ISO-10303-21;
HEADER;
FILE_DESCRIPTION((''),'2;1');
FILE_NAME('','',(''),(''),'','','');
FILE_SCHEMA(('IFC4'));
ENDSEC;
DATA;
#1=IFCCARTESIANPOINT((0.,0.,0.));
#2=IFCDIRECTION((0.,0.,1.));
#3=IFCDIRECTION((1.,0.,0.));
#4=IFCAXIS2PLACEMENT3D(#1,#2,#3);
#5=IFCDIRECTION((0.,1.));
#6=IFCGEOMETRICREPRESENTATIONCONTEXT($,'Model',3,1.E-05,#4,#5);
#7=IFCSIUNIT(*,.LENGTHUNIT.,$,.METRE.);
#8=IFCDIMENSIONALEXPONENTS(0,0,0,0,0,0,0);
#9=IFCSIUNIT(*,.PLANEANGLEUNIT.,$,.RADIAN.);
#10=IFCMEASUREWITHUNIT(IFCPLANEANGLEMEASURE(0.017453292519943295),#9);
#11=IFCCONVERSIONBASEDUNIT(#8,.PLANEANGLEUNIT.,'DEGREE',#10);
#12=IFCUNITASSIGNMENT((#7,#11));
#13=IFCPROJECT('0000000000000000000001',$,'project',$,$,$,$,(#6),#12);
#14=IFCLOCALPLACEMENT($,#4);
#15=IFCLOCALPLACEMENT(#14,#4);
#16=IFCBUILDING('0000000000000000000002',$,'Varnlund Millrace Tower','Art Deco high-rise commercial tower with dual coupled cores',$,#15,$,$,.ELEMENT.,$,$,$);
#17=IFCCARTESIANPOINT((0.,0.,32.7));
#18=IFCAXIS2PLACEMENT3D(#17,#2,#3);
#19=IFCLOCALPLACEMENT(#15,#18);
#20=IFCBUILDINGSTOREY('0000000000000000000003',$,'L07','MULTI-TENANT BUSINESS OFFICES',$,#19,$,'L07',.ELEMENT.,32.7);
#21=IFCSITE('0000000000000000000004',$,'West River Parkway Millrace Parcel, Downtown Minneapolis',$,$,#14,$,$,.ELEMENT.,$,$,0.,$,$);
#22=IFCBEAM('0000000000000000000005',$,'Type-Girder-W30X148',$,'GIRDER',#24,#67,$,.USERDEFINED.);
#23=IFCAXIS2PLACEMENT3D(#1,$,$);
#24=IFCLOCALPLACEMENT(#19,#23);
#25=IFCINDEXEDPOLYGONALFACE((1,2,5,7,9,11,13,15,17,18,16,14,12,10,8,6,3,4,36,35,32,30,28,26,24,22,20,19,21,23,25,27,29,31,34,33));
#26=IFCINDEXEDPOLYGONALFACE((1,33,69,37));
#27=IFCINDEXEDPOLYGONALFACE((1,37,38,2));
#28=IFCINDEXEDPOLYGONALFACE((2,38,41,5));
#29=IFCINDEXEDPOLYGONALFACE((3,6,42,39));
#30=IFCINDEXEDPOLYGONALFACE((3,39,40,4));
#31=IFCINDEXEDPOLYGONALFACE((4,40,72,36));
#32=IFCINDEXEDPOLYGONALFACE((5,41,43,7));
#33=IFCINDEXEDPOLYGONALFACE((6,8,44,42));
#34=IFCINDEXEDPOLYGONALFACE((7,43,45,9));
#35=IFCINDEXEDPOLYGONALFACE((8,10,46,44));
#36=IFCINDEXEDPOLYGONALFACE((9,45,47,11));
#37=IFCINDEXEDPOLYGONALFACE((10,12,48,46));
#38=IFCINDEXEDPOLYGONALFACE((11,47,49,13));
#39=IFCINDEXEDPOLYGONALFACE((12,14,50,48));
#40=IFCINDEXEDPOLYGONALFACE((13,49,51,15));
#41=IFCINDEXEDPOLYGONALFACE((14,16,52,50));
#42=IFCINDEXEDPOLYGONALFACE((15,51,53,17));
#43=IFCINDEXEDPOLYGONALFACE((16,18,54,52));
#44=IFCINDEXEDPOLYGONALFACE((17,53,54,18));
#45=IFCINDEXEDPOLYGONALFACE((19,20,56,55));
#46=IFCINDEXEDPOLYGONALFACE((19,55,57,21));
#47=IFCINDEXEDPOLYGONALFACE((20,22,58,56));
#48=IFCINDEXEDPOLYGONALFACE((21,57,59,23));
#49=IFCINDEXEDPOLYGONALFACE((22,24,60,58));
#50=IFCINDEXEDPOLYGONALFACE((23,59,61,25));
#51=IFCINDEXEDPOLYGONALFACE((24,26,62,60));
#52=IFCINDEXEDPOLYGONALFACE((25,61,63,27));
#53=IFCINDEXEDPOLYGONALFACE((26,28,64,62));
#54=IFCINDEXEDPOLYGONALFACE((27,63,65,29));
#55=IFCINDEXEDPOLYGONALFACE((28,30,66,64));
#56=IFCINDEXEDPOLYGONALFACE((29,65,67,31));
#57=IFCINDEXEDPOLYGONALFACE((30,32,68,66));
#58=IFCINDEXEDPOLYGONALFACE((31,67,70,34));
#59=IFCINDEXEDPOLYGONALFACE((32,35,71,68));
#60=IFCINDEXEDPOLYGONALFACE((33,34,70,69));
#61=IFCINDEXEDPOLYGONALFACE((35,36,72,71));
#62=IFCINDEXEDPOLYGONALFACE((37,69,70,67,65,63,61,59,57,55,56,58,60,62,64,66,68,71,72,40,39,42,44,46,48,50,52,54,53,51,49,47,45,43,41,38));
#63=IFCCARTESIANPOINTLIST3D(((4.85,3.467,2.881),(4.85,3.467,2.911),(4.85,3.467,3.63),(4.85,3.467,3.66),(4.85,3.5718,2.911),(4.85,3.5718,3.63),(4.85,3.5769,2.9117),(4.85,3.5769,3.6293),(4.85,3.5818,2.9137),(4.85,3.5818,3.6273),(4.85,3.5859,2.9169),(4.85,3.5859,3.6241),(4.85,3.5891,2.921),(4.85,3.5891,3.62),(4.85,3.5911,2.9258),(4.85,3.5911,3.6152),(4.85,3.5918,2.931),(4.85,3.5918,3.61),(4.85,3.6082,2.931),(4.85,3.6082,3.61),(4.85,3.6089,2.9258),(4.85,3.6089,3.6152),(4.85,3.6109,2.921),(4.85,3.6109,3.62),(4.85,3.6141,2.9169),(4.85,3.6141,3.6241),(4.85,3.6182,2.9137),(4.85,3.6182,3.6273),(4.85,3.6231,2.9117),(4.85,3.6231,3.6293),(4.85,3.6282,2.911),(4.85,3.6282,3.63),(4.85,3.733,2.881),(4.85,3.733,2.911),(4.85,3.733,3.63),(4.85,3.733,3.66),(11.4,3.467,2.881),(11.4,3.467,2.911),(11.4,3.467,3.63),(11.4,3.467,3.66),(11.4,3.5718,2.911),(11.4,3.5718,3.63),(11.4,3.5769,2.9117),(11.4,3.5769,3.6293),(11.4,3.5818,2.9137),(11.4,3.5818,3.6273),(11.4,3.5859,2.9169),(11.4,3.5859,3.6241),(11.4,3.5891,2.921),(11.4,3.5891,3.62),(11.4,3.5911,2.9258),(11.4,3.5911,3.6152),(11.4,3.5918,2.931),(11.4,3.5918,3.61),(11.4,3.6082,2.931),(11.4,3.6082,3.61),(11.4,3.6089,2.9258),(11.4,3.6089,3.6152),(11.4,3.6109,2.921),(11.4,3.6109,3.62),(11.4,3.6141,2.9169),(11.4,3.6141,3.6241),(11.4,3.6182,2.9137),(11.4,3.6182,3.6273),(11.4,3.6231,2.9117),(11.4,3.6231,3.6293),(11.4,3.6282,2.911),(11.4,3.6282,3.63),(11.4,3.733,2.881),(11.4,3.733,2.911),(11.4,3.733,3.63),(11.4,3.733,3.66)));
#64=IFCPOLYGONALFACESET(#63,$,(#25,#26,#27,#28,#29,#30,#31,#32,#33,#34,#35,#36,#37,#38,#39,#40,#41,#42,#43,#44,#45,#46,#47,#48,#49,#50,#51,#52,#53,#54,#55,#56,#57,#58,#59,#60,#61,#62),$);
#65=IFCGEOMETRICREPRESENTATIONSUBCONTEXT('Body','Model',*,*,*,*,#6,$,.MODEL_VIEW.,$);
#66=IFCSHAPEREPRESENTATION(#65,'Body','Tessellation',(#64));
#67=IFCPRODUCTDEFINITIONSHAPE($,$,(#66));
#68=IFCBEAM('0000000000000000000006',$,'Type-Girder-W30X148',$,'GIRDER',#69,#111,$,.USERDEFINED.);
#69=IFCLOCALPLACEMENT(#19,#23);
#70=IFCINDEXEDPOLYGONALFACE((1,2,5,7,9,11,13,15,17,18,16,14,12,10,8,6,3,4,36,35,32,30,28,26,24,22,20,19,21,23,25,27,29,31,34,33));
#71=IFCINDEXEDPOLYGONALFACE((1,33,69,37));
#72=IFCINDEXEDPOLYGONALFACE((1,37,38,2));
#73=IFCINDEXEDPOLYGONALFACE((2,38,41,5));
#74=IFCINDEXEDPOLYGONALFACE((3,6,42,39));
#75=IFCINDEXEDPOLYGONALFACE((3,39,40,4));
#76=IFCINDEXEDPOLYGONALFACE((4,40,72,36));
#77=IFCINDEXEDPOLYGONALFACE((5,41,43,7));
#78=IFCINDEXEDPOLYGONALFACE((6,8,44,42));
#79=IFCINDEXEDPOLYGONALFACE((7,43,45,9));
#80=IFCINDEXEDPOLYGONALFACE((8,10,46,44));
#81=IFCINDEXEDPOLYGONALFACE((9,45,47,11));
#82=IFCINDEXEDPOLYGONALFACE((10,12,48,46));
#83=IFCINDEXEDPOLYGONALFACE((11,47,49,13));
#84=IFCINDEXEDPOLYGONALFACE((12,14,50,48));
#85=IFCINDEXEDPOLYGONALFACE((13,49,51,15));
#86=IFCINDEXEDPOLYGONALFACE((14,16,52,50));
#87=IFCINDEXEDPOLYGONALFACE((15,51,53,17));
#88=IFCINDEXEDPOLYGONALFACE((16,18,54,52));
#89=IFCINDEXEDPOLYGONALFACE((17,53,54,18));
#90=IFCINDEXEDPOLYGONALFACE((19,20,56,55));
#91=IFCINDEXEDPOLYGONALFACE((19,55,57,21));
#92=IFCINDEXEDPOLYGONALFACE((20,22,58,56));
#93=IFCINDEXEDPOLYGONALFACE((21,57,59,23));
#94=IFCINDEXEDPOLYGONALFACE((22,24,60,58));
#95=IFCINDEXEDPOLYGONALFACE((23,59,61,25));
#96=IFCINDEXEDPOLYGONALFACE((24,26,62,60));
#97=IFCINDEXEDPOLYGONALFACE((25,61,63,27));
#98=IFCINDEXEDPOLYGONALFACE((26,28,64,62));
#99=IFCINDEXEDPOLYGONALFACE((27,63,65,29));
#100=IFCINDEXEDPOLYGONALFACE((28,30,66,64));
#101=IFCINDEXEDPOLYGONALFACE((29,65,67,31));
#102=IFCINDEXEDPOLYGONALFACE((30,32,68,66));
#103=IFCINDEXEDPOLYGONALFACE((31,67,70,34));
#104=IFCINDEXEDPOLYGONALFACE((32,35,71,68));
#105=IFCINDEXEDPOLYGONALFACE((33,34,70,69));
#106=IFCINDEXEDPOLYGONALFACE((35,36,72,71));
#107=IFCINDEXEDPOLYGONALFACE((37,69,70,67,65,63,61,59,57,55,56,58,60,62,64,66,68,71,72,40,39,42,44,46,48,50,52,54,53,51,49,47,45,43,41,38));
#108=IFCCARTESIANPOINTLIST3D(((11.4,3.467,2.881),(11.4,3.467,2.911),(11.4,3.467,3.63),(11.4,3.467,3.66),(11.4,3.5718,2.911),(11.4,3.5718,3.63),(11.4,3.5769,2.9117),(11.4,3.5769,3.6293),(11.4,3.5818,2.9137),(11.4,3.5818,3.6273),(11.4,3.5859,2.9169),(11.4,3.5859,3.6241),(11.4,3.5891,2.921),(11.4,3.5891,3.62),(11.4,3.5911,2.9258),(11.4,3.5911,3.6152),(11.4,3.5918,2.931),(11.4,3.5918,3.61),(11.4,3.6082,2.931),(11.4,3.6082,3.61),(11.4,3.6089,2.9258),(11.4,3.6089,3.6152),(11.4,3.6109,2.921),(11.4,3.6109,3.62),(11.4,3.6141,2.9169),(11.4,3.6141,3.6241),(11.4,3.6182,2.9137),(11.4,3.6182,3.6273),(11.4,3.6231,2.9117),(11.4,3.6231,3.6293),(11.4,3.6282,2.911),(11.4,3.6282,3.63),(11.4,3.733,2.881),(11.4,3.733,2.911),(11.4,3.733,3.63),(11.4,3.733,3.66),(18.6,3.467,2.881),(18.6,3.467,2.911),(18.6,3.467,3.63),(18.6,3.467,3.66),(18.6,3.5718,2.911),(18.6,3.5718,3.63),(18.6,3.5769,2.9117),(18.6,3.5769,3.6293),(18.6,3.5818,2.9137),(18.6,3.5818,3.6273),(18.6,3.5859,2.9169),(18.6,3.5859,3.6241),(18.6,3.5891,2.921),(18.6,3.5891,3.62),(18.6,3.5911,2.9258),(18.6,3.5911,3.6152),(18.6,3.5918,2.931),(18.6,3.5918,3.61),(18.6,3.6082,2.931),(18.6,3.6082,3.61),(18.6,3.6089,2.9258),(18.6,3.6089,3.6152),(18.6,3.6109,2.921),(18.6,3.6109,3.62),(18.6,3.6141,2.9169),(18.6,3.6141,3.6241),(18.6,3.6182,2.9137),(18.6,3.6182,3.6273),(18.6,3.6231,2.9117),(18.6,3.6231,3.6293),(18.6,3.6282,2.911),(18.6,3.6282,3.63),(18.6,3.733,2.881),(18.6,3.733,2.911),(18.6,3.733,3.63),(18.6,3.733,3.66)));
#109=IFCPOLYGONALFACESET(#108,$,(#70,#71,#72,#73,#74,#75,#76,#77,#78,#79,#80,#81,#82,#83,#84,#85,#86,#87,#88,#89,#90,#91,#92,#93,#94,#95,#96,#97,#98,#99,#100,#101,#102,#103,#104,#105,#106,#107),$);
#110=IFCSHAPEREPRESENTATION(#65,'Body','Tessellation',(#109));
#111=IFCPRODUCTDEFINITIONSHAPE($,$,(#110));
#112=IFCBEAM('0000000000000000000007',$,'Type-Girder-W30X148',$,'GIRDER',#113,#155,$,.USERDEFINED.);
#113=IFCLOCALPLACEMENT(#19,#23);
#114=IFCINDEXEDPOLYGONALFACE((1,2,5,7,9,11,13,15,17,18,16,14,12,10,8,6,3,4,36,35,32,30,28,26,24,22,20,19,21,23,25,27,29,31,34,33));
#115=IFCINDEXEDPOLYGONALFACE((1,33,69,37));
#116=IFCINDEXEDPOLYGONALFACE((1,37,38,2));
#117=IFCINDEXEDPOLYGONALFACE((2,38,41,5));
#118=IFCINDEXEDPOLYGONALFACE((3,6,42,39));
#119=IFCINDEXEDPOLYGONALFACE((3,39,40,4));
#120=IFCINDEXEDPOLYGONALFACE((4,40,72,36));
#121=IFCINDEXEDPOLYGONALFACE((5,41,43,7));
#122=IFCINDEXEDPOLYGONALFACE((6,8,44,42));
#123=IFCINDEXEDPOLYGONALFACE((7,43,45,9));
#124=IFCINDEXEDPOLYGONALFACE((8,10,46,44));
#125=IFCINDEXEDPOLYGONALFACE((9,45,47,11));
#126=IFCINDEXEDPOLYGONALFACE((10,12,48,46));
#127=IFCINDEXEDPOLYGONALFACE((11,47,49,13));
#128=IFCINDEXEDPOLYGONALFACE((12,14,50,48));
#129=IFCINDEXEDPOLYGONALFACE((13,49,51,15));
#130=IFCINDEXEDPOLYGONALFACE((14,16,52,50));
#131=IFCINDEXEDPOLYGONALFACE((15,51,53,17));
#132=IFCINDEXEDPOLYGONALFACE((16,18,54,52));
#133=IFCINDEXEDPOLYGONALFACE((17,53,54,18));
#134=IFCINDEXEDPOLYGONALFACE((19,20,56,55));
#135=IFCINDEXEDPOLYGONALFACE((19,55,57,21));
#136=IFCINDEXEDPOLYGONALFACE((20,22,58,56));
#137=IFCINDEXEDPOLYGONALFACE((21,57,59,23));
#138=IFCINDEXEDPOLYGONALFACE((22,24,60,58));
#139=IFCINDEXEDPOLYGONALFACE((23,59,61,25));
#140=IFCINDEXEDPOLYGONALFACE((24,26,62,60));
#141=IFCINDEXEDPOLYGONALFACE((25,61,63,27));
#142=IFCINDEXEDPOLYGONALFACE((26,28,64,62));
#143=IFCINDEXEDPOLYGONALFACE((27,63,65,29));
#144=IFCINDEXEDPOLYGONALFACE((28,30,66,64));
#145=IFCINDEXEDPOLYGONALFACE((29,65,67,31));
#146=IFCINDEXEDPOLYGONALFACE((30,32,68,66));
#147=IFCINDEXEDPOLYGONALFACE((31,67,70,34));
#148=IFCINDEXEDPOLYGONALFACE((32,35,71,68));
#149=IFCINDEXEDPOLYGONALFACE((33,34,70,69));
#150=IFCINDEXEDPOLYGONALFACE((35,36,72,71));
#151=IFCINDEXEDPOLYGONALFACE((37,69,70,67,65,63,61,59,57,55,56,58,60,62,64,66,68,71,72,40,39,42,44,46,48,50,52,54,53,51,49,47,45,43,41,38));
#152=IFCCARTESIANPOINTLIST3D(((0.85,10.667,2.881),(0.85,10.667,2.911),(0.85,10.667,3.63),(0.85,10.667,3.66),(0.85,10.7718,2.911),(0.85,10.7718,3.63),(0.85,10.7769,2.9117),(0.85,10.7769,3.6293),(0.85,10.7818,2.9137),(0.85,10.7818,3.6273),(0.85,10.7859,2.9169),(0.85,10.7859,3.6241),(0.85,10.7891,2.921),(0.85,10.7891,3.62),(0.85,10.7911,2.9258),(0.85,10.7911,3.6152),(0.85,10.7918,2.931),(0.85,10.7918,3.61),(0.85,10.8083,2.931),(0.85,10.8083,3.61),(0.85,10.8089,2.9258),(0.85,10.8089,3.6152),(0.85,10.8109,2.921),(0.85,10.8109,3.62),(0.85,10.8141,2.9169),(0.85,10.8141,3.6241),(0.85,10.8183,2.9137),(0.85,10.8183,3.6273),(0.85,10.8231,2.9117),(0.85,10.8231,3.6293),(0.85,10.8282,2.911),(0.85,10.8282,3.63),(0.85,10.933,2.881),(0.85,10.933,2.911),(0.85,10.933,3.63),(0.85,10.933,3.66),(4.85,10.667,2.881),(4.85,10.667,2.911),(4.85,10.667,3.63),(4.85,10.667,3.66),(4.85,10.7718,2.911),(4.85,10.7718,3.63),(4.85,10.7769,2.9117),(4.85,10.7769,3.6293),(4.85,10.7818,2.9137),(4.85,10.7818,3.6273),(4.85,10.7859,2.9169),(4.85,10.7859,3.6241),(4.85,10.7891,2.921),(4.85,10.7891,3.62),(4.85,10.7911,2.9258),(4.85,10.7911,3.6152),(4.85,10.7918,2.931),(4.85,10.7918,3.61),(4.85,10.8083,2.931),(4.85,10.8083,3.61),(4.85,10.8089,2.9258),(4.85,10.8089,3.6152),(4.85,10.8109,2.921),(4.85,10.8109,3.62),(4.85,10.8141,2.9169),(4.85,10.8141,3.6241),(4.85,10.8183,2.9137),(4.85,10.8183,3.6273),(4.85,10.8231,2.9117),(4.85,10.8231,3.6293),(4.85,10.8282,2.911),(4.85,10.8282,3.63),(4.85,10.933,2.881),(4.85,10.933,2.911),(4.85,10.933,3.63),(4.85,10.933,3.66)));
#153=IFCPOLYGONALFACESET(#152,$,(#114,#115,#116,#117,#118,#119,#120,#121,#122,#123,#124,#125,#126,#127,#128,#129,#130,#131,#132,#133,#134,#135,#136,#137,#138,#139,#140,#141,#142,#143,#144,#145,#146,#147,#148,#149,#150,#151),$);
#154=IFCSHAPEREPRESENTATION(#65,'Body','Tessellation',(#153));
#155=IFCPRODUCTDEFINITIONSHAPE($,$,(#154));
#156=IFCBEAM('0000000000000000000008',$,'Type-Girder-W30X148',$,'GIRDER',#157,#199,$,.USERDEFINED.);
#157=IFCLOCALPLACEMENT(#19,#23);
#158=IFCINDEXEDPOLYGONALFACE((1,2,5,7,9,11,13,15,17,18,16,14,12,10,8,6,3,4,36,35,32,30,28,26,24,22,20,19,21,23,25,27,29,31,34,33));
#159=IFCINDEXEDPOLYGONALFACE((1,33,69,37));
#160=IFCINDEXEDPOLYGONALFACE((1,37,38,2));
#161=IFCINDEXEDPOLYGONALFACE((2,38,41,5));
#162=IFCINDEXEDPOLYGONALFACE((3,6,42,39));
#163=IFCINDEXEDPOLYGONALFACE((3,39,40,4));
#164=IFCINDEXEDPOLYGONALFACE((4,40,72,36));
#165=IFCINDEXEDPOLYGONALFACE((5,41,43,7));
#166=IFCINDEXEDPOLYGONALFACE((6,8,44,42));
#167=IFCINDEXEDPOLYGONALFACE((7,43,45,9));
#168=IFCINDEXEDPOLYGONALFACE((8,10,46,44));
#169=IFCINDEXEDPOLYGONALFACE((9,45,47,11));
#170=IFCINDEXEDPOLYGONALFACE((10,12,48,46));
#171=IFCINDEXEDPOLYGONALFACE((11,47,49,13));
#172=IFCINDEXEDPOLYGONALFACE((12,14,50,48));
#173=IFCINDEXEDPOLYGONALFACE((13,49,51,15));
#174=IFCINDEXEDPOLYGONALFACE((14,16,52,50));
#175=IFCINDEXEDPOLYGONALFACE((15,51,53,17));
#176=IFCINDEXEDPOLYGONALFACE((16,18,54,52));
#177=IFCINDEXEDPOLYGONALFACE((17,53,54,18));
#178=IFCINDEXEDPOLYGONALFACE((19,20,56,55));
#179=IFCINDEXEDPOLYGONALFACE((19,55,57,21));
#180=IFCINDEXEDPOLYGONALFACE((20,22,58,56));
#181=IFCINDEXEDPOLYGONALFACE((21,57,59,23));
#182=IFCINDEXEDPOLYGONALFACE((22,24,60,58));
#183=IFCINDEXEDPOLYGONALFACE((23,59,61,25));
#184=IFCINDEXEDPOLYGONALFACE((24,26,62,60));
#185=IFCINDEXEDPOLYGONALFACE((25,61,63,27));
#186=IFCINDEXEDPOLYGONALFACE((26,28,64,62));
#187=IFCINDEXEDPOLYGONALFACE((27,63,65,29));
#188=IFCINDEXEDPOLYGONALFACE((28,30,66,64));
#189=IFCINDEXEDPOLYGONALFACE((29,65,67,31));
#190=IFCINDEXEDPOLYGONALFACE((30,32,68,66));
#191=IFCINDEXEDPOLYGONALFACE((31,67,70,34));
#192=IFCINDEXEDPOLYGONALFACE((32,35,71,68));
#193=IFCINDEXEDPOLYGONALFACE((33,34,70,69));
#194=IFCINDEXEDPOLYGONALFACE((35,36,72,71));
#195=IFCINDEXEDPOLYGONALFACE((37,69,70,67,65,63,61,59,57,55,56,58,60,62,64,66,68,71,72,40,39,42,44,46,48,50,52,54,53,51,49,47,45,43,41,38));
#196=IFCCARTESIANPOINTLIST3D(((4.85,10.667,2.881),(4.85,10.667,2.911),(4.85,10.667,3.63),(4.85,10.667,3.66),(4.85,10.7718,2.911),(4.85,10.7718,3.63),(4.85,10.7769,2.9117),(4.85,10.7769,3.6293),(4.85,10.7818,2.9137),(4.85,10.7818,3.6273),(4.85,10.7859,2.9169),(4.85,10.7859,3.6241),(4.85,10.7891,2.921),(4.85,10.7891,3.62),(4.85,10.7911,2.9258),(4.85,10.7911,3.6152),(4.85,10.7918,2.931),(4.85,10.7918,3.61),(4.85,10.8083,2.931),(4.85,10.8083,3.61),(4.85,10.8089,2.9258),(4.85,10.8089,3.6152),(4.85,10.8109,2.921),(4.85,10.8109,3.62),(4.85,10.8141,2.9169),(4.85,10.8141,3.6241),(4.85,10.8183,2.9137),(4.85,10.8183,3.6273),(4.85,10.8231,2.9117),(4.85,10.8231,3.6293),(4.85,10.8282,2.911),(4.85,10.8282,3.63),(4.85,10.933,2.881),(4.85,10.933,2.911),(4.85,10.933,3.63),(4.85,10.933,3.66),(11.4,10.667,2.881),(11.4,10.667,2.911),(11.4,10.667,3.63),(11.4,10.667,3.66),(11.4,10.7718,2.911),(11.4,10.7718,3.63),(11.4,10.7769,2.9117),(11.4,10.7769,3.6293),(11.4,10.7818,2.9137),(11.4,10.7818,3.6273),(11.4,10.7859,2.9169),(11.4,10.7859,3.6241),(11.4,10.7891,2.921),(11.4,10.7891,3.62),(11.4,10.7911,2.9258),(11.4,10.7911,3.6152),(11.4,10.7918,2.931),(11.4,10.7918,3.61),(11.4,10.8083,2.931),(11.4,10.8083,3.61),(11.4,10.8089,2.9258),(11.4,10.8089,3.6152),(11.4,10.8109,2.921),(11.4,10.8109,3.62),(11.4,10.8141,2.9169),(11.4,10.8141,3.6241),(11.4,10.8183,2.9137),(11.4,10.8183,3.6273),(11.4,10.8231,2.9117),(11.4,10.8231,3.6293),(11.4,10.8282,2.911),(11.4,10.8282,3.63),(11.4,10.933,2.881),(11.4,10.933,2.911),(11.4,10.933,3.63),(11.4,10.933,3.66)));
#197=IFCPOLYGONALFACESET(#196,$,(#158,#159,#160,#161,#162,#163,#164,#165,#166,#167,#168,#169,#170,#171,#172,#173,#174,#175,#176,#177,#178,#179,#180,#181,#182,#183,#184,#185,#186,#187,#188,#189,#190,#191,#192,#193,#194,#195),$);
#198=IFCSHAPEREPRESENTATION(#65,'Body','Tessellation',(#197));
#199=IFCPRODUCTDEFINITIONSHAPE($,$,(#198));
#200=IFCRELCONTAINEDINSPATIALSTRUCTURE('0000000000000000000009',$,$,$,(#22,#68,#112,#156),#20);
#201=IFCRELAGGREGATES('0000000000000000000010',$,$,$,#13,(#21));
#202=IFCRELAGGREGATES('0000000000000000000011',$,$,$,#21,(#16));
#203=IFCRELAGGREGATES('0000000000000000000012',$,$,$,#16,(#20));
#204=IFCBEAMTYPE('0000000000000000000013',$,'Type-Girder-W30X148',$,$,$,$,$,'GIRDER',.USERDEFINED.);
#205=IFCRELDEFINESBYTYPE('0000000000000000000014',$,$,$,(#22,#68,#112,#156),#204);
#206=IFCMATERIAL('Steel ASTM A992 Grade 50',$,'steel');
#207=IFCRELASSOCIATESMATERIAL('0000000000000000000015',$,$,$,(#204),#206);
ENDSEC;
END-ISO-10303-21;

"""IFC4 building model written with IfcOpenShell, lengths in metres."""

from ifc_helpers import new_model, entity, si_unit, converted_unit, direction, frame, origin_with_axes, origin_2d_with_axis, place, context, subcontext, project, spatial, i_section, extrude, material, material_profile, profile_set, type_object, element, save


model = new_model("IFC4")

# Units and contexts
model_context = context("Model", 3, precision=1e-05, world=origin_with_axes(), true_north=direction((0.0, 1.0)))
body_context = subcontext(model_context, "Body", "Model", "MODEL_VIEW")
ifc_project = project(units=[si_unit("LENGTHUNIT", "METRE"), converted_unit("PLANEANGLEUNIT", "DEGREE", entity("IfcPlaneAngleMeasure", 0.017453292519943295), si_unit("PLANEANGLEUNIT", "RADIAN"), dimensions=[0, 0, 0, 0, 0, 0, 0])], contexts=[model_context])

# Site, building, storey
site_placement = place(None, origin_with_axes())
site = spatial("IfcSite", under=ifc_project, at=site_placement, Name="West River Parkway Millrace Parcel, Downtown Minneapolis", CompositionType="ELEMENT", RefElevation=0.0)
building_placement = place(site_placement, origin_with_axes())
building = spatial("IfcBuilding", under=site, at=building_placement, Name="Varnlund Millrace Tower", Description="Art Deco high-rise commercial tower with dual coupled cores", CompositionType="ELEMENT")
storey_placement = place(building_placement, frame((0.0, 0.0, 32.7), z_axis=(0.0, 0.0, 1.0), x_axis=(1.0, 0.0, 0.0)))
storey = spatial("IfcBuildingStorey", under=building, at=storey_placement, Name="L07", Description="MULTI-TENANT BUSINESS OFFICES", LongName="L07", CompositionType="ELEMENT", Elevation=32.7)

# Beams
ifc_material_1 = material(Name="Steel ASTM A992 Grade 50", Category="steel")
ifc_material_profile_1 = material_profile(ifc_material_1, i_section(OverallWidth=0.266, OverallDepth=0.779, WebThickness=0.0165, FlangeThickness=0.03, FilletRadius=0.02, at=origin_2d_with_axis()), Name="Steel ASTM A992 Grade 50")
ifc_profile_set_1 = profile_set([ifc_material_profile_1], Name="Steel ASTM A992 Grade 50")
beam_type_1 = type_object("IfcBeamType", Name="Type-Girder-W30X148", ElementType="GIRDER", PredefinedType="USERDEFINED", material=ifc_profile_set_1)
beam_1_placement = place(storey_placement, frame((4.85, 3.6, 3.2705), z_axis=(1.0, 0.0, 0.0), x_axis=(0.0, 1.0, 0.0)))
element("IfcBeam", 1, at=beam_1_placement, inside=storey, type_object=beam_type_1, Name="Type-Girder-W30X148", ObjectType="GIRDER", PredefinedType="USERDEFINED", context=body_context, shape_type="SweptSolid", body=[
    extrude(i_section(OverallWidth=0.266, OverallDepth=0.779, WebThickness=0.0165, FlangeThickness=0.03, FilletRadius=0.02, at=origin_2d_with_axis()), origin_with_axes(), (0.0, 0.0, 1.0), 6.55),
])
beam_2_placement = place(storey_placement, frame((11.4, 3.6, 3.2705), z_axis=(1.0, 0.0, 0.0), x_axis=(0.0, 1.0, 0.0)))
element("IfcBeam", 2, at=beam_2_placement, inside=storey, type_object=beam_type_1, Name="Type-Girder-W30X148", ObjectType="GIRDER", PredefinedType="USERDEFINED", context=body_context, shape_type="SweptSolid", body=[
    extrude(i_section(OverallWidth=0.266, OverallDepth=0.779, WebThickness=0.0165, FlangeThickness=0.03, FilletRadius=0.02, at=origin_2d_with_axis()), origin_with_axes(), (0.0, 0.0, 1.0), 7.2),
])
beam_3_placement = place(storey_placement, frame((0.85, 10.8, 3.2705), z_axis=(1.0, 0.0, 0.0), x_axis=(0.0, 1.0, 0.0)))
element("IfcBeam", 3, at=beam_3_placement, inside=storey, type_object=beam_type_1, Name="Type-Girder-W30X148", ObjectType="GIRDER", PredefinedType="USERDEFINED", context=body_context, shape_type="SweptSolid", body=[
    extrude(i_section(OverallWidth=0.266, OverallDepth=0.779, WebThickness=0.0165, FlangeThickness=0.03, FilletRadius=0.02, at=origin_2d_with_axis()), origin_with_axes(), (0.0, 0.0, 1.0), 4.0),
])
beam_4_placement = place(storey_placement, frame((4.85, 10.8, 3.2705), z_axis=(1.0, 0.0, 0.0), x_axis=(0.0, 1.0, 0.0)))
element("IfcBeam", 4, at=beam_4_placement, inside=storey, type_object=beam_type_1, Name="Type-Girder-W30X148", ObjectType="GIRDER", PredefinedType="USERDEFINED", context=body_context, shape_type="SweptSolid", body=[
    extrude(i_section(OverallWidth=0.266, OverallDepth=0.779, WebThickness=0.0165, FlangeThickness=0.03, FilletRadius=0.02, at=origin_2d_with_axis()), origin_with_axes(), (0.0, 0.0, 1.0), 6.55),
])

save(model, "model.ifc")
